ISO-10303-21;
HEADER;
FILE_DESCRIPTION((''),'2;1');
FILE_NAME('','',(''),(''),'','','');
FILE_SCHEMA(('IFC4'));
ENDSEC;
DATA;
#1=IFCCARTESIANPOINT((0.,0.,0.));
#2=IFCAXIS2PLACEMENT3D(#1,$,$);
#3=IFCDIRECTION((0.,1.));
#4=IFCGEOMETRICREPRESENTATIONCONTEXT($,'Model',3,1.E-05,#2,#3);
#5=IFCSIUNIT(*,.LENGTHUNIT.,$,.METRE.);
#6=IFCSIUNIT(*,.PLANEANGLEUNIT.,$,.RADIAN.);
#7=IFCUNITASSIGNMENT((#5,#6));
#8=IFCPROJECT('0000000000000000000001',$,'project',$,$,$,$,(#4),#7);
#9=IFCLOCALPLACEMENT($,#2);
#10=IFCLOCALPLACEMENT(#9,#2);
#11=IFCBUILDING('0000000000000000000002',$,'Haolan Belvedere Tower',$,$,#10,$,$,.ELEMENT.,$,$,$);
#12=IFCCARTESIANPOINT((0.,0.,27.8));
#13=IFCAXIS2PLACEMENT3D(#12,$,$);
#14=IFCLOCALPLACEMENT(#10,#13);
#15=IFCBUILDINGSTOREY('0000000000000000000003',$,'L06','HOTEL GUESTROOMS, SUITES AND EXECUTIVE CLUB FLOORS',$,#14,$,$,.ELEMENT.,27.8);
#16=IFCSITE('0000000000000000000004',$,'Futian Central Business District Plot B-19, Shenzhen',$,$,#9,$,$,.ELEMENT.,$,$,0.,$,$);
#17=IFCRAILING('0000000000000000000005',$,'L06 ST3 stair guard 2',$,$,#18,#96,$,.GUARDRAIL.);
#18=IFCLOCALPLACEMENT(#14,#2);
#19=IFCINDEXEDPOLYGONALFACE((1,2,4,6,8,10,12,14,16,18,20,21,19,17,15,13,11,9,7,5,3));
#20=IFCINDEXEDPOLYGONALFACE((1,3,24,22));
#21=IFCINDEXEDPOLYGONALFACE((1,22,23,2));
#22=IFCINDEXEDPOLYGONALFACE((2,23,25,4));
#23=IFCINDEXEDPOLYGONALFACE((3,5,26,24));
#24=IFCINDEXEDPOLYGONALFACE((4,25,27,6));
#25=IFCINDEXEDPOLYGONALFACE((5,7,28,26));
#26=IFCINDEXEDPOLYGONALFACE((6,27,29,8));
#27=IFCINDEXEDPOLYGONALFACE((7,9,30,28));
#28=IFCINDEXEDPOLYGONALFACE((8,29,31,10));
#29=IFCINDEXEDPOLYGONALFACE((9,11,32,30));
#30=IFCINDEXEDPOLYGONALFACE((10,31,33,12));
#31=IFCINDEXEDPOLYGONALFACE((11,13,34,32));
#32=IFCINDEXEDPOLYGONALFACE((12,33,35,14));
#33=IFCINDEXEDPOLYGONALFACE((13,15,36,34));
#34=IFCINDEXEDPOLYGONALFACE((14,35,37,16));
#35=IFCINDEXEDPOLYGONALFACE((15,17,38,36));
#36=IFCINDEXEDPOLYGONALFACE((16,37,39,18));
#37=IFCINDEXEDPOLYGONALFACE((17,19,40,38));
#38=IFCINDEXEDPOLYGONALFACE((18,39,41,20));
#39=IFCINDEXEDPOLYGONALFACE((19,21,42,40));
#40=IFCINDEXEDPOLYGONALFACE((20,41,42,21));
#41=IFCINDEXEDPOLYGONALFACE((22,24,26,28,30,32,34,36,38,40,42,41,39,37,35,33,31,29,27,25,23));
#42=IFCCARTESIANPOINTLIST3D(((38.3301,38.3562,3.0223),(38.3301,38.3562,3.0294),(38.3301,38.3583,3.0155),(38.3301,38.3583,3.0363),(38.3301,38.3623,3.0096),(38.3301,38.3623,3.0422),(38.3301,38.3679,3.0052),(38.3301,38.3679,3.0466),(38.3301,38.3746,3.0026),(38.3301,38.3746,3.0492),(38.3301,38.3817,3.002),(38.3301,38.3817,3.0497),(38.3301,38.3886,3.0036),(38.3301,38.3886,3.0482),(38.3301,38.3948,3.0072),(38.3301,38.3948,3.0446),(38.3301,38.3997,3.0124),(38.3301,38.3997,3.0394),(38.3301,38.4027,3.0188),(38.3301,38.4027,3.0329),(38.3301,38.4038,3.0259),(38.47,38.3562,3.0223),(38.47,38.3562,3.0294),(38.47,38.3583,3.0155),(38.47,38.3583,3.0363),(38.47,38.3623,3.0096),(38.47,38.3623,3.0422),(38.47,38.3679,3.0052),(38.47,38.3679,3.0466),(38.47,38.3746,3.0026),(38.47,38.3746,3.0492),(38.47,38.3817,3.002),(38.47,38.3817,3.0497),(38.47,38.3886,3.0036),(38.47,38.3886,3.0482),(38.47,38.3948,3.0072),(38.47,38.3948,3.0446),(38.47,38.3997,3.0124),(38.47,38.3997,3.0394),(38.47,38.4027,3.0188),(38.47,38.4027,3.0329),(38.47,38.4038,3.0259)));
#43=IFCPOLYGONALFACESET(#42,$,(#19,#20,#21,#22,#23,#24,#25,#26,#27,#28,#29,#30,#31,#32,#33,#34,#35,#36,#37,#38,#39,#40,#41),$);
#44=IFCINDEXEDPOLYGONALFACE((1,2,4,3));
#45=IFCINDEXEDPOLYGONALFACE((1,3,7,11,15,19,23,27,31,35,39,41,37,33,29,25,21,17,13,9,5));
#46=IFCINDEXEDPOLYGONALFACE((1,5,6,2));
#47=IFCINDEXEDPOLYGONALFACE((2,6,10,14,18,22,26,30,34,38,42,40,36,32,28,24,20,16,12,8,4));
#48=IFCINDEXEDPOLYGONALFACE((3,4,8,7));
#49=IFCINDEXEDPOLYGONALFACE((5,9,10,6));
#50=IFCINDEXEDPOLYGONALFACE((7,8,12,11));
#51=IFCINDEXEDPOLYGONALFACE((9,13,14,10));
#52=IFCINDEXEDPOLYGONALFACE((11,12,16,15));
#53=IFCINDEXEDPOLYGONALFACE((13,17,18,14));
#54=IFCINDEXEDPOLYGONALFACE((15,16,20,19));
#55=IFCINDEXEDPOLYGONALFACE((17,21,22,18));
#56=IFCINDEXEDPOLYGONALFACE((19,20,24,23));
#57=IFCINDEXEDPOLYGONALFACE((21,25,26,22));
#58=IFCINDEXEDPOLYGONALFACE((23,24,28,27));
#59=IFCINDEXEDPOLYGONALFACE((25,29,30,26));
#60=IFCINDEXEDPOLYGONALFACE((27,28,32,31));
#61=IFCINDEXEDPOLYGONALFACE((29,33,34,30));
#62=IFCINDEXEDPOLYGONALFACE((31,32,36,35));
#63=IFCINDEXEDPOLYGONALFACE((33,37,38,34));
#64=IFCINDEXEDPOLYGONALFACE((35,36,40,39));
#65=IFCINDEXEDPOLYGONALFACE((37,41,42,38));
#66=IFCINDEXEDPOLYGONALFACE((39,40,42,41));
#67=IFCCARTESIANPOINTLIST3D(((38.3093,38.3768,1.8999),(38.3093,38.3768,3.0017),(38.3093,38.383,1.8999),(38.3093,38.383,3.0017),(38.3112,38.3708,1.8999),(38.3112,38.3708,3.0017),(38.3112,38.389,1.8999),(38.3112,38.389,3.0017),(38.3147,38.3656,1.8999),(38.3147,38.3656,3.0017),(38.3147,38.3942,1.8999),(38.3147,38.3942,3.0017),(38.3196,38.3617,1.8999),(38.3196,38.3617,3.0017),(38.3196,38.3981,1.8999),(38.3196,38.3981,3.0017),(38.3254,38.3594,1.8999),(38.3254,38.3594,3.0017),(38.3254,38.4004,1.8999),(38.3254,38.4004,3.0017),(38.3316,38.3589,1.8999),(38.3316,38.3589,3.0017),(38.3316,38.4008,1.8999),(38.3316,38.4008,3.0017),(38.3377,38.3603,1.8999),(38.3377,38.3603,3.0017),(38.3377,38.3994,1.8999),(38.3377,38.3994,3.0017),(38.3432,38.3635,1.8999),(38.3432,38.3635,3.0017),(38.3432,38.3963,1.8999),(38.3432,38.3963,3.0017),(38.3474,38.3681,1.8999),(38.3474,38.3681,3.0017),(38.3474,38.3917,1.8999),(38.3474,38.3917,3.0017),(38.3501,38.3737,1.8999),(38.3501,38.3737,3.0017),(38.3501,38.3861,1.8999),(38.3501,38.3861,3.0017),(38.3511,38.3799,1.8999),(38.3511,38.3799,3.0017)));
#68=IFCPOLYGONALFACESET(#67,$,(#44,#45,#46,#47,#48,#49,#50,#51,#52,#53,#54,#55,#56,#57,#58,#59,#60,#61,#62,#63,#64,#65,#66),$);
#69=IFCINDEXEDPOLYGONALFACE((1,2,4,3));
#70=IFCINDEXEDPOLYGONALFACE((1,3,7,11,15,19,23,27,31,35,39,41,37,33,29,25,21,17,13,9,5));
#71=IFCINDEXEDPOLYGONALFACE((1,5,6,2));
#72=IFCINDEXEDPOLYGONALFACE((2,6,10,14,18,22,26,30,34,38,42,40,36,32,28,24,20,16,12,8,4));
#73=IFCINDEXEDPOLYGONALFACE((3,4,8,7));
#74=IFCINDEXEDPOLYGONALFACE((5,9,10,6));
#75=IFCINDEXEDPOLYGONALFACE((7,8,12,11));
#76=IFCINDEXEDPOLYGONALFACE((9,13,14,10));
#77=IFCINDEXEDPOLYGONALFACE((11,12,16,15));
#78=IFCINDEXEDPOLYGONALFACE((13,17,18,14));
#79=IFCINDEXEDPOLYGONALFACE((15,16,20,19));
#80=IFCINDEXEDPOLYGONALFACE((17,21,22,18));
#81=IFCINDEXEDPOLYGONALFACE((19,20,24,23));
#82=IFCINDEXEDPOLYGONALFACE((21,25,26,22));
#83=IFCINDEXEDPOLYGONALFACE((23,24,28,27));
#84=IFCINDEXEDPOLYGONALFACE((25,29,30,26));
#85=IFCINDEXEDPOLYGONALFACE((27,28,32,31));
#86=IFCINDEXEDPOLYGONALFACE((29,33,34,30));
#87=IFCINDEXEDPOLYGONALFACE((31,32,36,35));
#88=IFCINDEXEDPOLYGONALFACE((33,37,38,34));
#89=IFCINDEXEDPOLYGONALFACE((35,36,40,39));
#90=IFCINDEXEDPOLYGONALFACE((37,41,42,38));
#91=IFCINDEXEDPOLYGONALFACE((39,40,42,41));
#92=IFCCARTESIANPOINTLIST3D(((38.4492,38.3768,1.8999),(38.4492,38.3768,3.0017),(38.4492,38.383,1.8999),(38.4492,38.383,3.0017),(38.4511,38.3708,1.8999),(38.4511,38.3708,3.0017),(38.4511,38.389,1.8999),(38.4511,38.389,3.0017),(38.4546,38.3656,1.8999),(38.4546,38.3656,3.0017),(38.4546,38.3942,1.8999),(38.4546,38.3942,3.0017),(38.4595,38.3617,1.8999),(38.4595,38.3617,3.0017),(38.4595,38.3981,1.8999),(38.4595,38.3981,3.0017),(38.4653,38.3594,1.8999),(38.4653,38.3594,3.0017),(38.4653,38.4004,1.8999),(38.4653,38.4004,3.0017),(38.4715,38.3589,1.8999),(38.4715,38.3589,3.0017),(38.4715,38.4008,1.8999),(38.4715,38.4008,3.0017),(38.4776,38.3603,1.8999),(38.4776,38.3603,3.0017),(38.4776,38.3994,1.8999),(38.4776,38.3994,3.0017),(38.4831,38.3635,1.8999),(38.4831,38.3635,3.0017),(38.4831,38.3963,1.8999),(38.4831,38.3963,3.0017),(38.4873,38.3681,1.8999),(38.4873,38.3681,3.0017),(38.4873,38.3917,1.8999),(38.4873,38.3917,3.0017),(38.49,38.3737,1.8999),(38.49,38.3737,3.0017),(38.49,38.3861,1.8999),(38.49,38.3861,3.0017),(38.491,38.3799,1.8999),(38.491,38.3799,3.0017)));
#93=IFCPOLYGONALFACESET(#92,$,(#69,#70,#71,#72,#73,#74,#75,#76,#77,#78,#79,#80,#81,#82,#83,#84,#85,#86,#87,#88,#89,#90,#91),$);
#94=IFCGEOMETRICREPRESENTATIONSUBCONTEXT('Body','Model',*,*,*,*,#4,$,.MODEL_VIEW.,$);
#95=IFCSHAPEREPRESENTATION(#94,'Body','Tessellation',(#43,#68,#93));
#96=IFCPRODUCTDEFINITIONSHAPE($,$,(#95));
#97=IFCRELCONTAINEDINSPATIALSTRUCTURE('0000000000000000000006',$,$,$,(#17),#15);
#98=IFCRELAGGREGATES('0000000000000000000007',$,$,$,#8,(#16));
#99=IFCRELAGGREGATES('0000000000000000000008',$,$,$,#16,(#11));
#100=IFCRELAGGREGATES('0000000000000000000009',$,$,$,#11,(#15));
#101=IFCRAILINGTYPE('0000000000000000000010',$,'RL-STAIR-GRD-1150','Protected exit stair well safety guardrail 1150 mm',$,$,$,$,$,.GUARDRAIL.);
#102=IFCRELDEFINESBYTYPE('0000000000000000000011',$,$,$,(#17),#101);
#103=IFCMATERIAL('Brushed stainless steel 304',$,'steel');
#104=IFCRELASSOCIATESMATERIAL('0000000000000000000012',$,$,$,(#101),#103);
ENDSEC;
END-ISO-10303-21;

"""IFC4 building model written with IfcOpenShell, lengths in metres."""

from ifc_helpers import new_model, si_unit, direction, frame, origin, origin_2d, place, context, subcontext, project, spatial, circle, extrude, material, type_object, element, save


model = new_model("IFC4")

# Units and contexts
model_context = context("Model", 3, precision=1e-05, world=origin(), true_north=direction((0.0, 1.0)))
body_context = subcontext(model_context, "Body", "Model", "MODEL_VIEW")
ifc_project = project(units=[si_unit("LENGTHUNIT", "METRE"), si_unit("PLANEANGLEUNIT", "RADIAN")], contexts=[model_context])

# Site, building, storey
site_placement = place(None, origin())
site = spatial("IfcSite", under=ifc_project, at=site_placement, Name="Futian Central Business District Plot B-19, Shenzhen", CompositionType="ELEMENT", RefElevation=0.0)
building_placement = place(site_placement, origin())
building = spatial("IfcBuilding", under=site, at=building_placement, Name="Haolan Belvedere Tower", CompositionType="ELEMENT")
storey_placement = place(building_placement, frame((0.0, 0.0, 27.8)))
storey = spatial("IfcBuildingStorey", under=building, at=storey_placement, Name="L06", Description="HOTEL GUESTROOMS, SUITES AND EXECUTIVE CLUB FLOORS", CompositionType="ELEMENT", Elevation=27.8)

# Railing
ifc_material_1 = material(Name="Brushed stainless steel 304", Category="steel")
railing_type_1 = type_object("IfcRailingType", Name="RL-STAIR-GRD-1150", Description="Protected exit stair well safety guardrail 1150 mm", PredefinedType="GUARDRAIL", material=ifc_material_1)
railing_1_placement = place(storey_placement, frame((38.3301, 38.3799, 1.8999)))
element("IfcRailing", 1, at=railing_1_placement, inside=storey, type_object=railing_type_1, Name="L06 ST3 stair guard 2", PredefinedType="GUARDRAIL", context=body_context, shape_type="SweptSolid", body=[
    extrude(circle(Radius=0.0239, at=origin_2d()), frame((0.0, 0.0, 1.126), z_axis=(1.0, 0.0, 0.0), x_axis=(0.0, 1.0, 0.0)), (0.0, 0.0, 1.0), 0.1399),
    extrude(circle(Radius=0.021, at=origin_2d()), origin(), (0.0, 0.0, 1.0), 1.1018),
    extrude(circle(Radius=0.021, at=origin_2d()), frame((0.1399, 0.0, 0.0)), (0.0, 0.0, 1.0), 1.1018),
])

save(model, "model.ifc")
